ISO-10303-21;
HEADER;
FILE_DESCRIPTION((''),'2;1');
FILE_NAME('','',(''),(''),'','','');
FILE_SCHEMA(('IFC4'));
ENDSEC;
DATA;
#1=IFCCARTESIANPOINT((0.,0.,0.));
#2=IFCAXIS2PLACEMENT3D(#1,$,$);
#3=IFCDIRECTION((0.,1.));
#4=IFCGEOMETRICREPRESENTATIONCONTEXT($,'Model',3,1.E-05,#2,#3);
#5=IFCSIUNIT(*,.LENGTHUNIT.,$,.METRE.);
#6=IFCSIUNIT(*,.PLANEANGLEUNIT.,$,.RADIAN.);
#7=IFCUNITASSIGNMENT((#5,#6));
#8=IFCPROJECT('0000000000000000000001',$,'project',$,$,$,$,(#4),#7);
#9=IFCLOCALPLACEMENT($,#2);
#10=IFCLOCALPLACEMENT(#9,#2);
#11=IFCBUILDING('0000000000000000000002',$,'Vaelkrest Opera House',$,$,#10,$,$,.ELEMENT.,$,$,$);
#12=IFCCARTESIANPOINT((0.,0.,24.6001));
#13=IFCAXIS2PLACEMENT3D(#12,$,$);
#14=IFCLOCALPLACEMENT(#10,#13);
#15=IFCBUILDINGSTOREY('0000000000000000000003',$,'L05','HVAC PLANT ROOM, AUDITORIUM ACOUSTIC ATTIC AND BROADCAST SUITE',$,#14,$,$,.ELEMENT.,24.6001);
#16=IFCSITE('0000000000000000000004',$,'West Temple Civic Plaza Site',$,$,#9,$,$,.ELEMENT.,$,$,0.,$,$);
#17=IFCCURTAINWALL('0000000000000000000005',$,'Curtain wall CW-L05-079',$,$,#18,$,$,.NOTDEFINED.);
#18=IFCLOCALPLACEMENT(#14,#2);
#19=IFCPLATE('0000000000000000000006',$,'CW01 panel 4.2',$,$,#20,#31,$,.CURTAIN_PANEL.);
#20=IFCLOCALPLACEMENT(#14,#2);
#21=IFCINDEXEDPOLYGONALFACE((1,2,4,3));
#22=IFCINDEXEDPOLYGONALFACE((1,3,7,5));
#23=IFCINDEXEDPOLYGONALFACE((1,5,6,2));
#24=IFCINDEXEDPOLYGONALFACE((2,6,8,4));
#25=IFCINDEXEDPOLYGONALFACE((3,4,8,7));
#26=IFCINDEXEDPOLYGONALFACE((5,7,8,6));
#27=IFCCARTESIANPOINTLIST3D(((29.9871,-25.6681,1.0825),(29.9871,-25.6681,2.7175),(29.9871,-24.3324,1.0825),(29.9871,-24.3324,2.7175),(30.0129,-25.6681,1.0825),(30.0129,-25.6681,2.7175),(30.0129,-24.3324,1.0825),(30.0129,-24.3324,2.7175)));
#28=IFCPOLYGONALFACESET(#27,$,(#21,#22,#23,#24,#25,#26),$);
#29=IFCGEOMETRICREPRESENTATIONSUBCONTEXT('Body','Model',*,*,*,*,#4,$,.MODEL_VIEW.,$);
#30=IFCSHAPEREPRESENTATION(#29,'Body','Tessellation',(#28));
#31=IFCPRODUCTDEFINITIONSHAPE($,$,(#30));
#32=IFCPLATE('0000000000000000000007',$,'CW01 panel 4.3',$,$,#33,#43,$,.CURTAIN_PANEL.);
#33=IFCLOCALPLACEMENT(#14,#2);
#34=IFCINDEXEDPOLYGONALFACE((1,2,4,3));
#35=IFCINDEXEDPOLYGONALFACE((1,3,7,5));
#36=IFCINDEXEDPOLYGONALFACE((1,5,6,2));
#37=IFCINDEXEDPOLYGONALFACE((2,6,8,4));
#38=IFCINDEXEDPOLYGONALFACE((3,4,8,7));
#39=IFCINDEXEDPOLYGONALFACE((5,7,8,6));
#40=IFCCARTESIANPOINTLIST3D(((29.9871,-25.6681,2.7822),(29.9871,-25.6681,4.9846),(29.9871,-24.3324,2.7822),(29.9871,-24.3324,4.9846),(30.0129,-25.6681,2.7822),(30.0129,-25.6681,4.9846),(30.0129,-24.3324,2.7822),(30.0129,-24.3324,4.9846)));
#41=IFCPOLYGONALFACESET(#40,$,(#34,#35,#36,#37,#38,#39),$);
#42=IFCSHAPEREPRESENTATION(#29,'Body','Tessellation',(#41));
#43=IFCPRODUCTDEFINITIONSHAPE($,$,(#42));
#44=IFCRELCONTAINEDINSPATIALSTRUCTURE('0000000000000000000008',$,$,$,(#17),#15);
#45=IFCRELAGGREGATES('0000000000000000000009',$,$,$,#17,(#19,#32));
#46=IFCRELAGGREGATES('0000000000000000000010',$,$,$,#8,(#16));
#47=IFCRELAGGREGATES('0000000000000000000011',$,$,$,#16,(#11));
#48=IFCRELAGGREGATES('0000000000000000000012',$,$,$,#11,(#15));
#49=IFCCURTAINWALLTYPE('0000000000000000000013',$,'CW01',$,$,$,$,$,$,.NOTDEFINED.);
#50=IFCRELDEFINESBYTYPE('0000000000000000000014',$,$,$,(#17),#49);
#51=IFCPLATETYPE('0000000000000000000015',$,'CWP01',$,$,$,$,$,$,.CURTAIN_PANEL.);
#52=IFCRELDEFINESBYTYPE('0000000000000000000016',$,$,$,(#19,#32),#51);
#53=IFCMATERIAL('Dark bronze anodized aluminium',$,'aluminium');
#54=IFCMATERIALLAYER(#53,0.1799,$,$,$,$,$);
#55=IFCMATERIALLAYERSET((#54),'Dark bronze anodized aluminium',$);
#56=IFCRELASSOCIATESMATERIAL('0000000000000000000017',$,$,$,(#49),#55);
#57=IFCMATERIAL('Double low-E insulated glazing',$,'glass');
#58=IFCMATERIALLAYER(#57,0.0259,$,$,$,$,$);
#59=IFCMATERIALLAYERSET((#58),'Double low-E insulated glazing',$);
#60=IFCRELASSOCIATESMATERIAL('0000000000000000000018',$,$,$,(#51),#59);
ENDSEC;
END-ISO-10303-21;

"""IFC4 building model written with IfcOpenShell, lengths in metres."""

from ifc_helpers import new_model, si_unit, direction, frame, origin, origin_2d, place, context, subcontext, project, spatial, rectangle, extrude, material, layer, layer_set, type_object, element, aggregate, save


model = new_model("IFC4")

# Units and contexts
model_context = context("Model", 3, precision=1e-05, world=origin(), true_north=direction((0.0, 1.0)))
body_context = subcontext(model_context, "Body", "Model", "MODEL_VIEW")
ifc_project = project(units=[si_unit("LENGTHUNIT", "METRE"), si_unit("PLANEANGLEUNIT", "RADIAN")], contexts=[model_context])

# Site, building, storey
site_placement = place(None, origin())
site = spatial("IfcSite", under=ifc_project, at=site_placement, Name="West Temple Civic Plaza Site", CompositionType="ELEMENT", RefElevation=0.0)
building_placement = place(site_placement, origin())
building = spatial("IfcBuilding", under=site, at=building_placement, Name="Vaelkrest Opera House", CompositionType="ELEMENT")
storey_placement = place(building_placement, frame((0.0, 0.0, 24.6001)))
storey = spatial("IfcBuildingStorey", under=building, at=storey_placement, Name="L05", Description="HVAC PLANT ROOM, AUDITORIUM ACOUSTIC ATTIC AND BROADCAST SUITE", CompositionType="ELEMENT", Elevation=24.6001)

# Curtain wall, plates
ifc_material_1 = material(Name="Dark bronze anodized aluminium", Category="aluminium")
ifc_layer_1 = layer(ifc_material_1, 0.1799)
ifc_layer_set_1 = layer_set([ifc_layer_1], Name="Dark bronze anodized aluminium")
curtain_wall_type = type_object("IfcCurtainWallType", Name="CW01", PredefinedType="NOTDEFINED", material=ifc_layer_set_1)
curtain_wall_placement = place(storey_placement, origin())
curtain_wall = element("IfcCurtainWall", 1, at=curtain_wall_placement, inside=storey, type_object=curtain_wall_type, Name="Curtain wall CW-L05-079", PredefinedType="NOTDEFINED")
ifc_material_2 = material(Name="Double low-E insulated glazing", Category="glass")
ifc_layer_2 = layer(ifc_material_2, 0.0259)
ifc_layer_set_2 = layer_set([ifc_layer_2], Name="Double low-E insulated glazing")
plate_type = type_object("IfcPlateType", Name="CWP01", PredefinedType="CURTAIN_PANEL", material=ifc_layer_set_2)
plate_1_placement = place(storey_placement, frame((30.0, -25.0002, 1.0825), z_axis=(0.0, 0.0, 1.0), x_axis=(0.0, -1.0, 0.0)))
plate_1 = element("IfcPlate", 2, at=plate_1_placement, type_object=plate_type, Name="CW01 panel 4.2", PredefinedType="CURTAIN_PANEL", context=body_context, shape_type="SweptSolid", body=[
    extrude(rectangle(XDim=1.3357, YDim=0.0259, at=origin_2d()), origin(), (0.0, 0.0, 1.0), 1.635),
])
plate_2_placement = place(storey_placement, frame((30.0, -25.0002, 2.7822), z_axis=(0.0, 0.0, 1.0), x_axis=(0.0, -1.0, 0.0)))
plate_2 = element("IfcPlate", 3, at=plate_2_placement, type_object=plate_type, Name="CW01 panel 4.3", PredefinedType="CURTAIN_PANEL", context=body_context, shape_type="SweptSolid", body=[
    extrude(rectangle(XDim=1.3357, YDim=0.0259, at=origin_2d()), origin(), (0.0, 0.0, 1.0), 2.2024),
])
aggregate(curtain_wall, [plate_1, plate_2])

save(model, "model.ifc")
